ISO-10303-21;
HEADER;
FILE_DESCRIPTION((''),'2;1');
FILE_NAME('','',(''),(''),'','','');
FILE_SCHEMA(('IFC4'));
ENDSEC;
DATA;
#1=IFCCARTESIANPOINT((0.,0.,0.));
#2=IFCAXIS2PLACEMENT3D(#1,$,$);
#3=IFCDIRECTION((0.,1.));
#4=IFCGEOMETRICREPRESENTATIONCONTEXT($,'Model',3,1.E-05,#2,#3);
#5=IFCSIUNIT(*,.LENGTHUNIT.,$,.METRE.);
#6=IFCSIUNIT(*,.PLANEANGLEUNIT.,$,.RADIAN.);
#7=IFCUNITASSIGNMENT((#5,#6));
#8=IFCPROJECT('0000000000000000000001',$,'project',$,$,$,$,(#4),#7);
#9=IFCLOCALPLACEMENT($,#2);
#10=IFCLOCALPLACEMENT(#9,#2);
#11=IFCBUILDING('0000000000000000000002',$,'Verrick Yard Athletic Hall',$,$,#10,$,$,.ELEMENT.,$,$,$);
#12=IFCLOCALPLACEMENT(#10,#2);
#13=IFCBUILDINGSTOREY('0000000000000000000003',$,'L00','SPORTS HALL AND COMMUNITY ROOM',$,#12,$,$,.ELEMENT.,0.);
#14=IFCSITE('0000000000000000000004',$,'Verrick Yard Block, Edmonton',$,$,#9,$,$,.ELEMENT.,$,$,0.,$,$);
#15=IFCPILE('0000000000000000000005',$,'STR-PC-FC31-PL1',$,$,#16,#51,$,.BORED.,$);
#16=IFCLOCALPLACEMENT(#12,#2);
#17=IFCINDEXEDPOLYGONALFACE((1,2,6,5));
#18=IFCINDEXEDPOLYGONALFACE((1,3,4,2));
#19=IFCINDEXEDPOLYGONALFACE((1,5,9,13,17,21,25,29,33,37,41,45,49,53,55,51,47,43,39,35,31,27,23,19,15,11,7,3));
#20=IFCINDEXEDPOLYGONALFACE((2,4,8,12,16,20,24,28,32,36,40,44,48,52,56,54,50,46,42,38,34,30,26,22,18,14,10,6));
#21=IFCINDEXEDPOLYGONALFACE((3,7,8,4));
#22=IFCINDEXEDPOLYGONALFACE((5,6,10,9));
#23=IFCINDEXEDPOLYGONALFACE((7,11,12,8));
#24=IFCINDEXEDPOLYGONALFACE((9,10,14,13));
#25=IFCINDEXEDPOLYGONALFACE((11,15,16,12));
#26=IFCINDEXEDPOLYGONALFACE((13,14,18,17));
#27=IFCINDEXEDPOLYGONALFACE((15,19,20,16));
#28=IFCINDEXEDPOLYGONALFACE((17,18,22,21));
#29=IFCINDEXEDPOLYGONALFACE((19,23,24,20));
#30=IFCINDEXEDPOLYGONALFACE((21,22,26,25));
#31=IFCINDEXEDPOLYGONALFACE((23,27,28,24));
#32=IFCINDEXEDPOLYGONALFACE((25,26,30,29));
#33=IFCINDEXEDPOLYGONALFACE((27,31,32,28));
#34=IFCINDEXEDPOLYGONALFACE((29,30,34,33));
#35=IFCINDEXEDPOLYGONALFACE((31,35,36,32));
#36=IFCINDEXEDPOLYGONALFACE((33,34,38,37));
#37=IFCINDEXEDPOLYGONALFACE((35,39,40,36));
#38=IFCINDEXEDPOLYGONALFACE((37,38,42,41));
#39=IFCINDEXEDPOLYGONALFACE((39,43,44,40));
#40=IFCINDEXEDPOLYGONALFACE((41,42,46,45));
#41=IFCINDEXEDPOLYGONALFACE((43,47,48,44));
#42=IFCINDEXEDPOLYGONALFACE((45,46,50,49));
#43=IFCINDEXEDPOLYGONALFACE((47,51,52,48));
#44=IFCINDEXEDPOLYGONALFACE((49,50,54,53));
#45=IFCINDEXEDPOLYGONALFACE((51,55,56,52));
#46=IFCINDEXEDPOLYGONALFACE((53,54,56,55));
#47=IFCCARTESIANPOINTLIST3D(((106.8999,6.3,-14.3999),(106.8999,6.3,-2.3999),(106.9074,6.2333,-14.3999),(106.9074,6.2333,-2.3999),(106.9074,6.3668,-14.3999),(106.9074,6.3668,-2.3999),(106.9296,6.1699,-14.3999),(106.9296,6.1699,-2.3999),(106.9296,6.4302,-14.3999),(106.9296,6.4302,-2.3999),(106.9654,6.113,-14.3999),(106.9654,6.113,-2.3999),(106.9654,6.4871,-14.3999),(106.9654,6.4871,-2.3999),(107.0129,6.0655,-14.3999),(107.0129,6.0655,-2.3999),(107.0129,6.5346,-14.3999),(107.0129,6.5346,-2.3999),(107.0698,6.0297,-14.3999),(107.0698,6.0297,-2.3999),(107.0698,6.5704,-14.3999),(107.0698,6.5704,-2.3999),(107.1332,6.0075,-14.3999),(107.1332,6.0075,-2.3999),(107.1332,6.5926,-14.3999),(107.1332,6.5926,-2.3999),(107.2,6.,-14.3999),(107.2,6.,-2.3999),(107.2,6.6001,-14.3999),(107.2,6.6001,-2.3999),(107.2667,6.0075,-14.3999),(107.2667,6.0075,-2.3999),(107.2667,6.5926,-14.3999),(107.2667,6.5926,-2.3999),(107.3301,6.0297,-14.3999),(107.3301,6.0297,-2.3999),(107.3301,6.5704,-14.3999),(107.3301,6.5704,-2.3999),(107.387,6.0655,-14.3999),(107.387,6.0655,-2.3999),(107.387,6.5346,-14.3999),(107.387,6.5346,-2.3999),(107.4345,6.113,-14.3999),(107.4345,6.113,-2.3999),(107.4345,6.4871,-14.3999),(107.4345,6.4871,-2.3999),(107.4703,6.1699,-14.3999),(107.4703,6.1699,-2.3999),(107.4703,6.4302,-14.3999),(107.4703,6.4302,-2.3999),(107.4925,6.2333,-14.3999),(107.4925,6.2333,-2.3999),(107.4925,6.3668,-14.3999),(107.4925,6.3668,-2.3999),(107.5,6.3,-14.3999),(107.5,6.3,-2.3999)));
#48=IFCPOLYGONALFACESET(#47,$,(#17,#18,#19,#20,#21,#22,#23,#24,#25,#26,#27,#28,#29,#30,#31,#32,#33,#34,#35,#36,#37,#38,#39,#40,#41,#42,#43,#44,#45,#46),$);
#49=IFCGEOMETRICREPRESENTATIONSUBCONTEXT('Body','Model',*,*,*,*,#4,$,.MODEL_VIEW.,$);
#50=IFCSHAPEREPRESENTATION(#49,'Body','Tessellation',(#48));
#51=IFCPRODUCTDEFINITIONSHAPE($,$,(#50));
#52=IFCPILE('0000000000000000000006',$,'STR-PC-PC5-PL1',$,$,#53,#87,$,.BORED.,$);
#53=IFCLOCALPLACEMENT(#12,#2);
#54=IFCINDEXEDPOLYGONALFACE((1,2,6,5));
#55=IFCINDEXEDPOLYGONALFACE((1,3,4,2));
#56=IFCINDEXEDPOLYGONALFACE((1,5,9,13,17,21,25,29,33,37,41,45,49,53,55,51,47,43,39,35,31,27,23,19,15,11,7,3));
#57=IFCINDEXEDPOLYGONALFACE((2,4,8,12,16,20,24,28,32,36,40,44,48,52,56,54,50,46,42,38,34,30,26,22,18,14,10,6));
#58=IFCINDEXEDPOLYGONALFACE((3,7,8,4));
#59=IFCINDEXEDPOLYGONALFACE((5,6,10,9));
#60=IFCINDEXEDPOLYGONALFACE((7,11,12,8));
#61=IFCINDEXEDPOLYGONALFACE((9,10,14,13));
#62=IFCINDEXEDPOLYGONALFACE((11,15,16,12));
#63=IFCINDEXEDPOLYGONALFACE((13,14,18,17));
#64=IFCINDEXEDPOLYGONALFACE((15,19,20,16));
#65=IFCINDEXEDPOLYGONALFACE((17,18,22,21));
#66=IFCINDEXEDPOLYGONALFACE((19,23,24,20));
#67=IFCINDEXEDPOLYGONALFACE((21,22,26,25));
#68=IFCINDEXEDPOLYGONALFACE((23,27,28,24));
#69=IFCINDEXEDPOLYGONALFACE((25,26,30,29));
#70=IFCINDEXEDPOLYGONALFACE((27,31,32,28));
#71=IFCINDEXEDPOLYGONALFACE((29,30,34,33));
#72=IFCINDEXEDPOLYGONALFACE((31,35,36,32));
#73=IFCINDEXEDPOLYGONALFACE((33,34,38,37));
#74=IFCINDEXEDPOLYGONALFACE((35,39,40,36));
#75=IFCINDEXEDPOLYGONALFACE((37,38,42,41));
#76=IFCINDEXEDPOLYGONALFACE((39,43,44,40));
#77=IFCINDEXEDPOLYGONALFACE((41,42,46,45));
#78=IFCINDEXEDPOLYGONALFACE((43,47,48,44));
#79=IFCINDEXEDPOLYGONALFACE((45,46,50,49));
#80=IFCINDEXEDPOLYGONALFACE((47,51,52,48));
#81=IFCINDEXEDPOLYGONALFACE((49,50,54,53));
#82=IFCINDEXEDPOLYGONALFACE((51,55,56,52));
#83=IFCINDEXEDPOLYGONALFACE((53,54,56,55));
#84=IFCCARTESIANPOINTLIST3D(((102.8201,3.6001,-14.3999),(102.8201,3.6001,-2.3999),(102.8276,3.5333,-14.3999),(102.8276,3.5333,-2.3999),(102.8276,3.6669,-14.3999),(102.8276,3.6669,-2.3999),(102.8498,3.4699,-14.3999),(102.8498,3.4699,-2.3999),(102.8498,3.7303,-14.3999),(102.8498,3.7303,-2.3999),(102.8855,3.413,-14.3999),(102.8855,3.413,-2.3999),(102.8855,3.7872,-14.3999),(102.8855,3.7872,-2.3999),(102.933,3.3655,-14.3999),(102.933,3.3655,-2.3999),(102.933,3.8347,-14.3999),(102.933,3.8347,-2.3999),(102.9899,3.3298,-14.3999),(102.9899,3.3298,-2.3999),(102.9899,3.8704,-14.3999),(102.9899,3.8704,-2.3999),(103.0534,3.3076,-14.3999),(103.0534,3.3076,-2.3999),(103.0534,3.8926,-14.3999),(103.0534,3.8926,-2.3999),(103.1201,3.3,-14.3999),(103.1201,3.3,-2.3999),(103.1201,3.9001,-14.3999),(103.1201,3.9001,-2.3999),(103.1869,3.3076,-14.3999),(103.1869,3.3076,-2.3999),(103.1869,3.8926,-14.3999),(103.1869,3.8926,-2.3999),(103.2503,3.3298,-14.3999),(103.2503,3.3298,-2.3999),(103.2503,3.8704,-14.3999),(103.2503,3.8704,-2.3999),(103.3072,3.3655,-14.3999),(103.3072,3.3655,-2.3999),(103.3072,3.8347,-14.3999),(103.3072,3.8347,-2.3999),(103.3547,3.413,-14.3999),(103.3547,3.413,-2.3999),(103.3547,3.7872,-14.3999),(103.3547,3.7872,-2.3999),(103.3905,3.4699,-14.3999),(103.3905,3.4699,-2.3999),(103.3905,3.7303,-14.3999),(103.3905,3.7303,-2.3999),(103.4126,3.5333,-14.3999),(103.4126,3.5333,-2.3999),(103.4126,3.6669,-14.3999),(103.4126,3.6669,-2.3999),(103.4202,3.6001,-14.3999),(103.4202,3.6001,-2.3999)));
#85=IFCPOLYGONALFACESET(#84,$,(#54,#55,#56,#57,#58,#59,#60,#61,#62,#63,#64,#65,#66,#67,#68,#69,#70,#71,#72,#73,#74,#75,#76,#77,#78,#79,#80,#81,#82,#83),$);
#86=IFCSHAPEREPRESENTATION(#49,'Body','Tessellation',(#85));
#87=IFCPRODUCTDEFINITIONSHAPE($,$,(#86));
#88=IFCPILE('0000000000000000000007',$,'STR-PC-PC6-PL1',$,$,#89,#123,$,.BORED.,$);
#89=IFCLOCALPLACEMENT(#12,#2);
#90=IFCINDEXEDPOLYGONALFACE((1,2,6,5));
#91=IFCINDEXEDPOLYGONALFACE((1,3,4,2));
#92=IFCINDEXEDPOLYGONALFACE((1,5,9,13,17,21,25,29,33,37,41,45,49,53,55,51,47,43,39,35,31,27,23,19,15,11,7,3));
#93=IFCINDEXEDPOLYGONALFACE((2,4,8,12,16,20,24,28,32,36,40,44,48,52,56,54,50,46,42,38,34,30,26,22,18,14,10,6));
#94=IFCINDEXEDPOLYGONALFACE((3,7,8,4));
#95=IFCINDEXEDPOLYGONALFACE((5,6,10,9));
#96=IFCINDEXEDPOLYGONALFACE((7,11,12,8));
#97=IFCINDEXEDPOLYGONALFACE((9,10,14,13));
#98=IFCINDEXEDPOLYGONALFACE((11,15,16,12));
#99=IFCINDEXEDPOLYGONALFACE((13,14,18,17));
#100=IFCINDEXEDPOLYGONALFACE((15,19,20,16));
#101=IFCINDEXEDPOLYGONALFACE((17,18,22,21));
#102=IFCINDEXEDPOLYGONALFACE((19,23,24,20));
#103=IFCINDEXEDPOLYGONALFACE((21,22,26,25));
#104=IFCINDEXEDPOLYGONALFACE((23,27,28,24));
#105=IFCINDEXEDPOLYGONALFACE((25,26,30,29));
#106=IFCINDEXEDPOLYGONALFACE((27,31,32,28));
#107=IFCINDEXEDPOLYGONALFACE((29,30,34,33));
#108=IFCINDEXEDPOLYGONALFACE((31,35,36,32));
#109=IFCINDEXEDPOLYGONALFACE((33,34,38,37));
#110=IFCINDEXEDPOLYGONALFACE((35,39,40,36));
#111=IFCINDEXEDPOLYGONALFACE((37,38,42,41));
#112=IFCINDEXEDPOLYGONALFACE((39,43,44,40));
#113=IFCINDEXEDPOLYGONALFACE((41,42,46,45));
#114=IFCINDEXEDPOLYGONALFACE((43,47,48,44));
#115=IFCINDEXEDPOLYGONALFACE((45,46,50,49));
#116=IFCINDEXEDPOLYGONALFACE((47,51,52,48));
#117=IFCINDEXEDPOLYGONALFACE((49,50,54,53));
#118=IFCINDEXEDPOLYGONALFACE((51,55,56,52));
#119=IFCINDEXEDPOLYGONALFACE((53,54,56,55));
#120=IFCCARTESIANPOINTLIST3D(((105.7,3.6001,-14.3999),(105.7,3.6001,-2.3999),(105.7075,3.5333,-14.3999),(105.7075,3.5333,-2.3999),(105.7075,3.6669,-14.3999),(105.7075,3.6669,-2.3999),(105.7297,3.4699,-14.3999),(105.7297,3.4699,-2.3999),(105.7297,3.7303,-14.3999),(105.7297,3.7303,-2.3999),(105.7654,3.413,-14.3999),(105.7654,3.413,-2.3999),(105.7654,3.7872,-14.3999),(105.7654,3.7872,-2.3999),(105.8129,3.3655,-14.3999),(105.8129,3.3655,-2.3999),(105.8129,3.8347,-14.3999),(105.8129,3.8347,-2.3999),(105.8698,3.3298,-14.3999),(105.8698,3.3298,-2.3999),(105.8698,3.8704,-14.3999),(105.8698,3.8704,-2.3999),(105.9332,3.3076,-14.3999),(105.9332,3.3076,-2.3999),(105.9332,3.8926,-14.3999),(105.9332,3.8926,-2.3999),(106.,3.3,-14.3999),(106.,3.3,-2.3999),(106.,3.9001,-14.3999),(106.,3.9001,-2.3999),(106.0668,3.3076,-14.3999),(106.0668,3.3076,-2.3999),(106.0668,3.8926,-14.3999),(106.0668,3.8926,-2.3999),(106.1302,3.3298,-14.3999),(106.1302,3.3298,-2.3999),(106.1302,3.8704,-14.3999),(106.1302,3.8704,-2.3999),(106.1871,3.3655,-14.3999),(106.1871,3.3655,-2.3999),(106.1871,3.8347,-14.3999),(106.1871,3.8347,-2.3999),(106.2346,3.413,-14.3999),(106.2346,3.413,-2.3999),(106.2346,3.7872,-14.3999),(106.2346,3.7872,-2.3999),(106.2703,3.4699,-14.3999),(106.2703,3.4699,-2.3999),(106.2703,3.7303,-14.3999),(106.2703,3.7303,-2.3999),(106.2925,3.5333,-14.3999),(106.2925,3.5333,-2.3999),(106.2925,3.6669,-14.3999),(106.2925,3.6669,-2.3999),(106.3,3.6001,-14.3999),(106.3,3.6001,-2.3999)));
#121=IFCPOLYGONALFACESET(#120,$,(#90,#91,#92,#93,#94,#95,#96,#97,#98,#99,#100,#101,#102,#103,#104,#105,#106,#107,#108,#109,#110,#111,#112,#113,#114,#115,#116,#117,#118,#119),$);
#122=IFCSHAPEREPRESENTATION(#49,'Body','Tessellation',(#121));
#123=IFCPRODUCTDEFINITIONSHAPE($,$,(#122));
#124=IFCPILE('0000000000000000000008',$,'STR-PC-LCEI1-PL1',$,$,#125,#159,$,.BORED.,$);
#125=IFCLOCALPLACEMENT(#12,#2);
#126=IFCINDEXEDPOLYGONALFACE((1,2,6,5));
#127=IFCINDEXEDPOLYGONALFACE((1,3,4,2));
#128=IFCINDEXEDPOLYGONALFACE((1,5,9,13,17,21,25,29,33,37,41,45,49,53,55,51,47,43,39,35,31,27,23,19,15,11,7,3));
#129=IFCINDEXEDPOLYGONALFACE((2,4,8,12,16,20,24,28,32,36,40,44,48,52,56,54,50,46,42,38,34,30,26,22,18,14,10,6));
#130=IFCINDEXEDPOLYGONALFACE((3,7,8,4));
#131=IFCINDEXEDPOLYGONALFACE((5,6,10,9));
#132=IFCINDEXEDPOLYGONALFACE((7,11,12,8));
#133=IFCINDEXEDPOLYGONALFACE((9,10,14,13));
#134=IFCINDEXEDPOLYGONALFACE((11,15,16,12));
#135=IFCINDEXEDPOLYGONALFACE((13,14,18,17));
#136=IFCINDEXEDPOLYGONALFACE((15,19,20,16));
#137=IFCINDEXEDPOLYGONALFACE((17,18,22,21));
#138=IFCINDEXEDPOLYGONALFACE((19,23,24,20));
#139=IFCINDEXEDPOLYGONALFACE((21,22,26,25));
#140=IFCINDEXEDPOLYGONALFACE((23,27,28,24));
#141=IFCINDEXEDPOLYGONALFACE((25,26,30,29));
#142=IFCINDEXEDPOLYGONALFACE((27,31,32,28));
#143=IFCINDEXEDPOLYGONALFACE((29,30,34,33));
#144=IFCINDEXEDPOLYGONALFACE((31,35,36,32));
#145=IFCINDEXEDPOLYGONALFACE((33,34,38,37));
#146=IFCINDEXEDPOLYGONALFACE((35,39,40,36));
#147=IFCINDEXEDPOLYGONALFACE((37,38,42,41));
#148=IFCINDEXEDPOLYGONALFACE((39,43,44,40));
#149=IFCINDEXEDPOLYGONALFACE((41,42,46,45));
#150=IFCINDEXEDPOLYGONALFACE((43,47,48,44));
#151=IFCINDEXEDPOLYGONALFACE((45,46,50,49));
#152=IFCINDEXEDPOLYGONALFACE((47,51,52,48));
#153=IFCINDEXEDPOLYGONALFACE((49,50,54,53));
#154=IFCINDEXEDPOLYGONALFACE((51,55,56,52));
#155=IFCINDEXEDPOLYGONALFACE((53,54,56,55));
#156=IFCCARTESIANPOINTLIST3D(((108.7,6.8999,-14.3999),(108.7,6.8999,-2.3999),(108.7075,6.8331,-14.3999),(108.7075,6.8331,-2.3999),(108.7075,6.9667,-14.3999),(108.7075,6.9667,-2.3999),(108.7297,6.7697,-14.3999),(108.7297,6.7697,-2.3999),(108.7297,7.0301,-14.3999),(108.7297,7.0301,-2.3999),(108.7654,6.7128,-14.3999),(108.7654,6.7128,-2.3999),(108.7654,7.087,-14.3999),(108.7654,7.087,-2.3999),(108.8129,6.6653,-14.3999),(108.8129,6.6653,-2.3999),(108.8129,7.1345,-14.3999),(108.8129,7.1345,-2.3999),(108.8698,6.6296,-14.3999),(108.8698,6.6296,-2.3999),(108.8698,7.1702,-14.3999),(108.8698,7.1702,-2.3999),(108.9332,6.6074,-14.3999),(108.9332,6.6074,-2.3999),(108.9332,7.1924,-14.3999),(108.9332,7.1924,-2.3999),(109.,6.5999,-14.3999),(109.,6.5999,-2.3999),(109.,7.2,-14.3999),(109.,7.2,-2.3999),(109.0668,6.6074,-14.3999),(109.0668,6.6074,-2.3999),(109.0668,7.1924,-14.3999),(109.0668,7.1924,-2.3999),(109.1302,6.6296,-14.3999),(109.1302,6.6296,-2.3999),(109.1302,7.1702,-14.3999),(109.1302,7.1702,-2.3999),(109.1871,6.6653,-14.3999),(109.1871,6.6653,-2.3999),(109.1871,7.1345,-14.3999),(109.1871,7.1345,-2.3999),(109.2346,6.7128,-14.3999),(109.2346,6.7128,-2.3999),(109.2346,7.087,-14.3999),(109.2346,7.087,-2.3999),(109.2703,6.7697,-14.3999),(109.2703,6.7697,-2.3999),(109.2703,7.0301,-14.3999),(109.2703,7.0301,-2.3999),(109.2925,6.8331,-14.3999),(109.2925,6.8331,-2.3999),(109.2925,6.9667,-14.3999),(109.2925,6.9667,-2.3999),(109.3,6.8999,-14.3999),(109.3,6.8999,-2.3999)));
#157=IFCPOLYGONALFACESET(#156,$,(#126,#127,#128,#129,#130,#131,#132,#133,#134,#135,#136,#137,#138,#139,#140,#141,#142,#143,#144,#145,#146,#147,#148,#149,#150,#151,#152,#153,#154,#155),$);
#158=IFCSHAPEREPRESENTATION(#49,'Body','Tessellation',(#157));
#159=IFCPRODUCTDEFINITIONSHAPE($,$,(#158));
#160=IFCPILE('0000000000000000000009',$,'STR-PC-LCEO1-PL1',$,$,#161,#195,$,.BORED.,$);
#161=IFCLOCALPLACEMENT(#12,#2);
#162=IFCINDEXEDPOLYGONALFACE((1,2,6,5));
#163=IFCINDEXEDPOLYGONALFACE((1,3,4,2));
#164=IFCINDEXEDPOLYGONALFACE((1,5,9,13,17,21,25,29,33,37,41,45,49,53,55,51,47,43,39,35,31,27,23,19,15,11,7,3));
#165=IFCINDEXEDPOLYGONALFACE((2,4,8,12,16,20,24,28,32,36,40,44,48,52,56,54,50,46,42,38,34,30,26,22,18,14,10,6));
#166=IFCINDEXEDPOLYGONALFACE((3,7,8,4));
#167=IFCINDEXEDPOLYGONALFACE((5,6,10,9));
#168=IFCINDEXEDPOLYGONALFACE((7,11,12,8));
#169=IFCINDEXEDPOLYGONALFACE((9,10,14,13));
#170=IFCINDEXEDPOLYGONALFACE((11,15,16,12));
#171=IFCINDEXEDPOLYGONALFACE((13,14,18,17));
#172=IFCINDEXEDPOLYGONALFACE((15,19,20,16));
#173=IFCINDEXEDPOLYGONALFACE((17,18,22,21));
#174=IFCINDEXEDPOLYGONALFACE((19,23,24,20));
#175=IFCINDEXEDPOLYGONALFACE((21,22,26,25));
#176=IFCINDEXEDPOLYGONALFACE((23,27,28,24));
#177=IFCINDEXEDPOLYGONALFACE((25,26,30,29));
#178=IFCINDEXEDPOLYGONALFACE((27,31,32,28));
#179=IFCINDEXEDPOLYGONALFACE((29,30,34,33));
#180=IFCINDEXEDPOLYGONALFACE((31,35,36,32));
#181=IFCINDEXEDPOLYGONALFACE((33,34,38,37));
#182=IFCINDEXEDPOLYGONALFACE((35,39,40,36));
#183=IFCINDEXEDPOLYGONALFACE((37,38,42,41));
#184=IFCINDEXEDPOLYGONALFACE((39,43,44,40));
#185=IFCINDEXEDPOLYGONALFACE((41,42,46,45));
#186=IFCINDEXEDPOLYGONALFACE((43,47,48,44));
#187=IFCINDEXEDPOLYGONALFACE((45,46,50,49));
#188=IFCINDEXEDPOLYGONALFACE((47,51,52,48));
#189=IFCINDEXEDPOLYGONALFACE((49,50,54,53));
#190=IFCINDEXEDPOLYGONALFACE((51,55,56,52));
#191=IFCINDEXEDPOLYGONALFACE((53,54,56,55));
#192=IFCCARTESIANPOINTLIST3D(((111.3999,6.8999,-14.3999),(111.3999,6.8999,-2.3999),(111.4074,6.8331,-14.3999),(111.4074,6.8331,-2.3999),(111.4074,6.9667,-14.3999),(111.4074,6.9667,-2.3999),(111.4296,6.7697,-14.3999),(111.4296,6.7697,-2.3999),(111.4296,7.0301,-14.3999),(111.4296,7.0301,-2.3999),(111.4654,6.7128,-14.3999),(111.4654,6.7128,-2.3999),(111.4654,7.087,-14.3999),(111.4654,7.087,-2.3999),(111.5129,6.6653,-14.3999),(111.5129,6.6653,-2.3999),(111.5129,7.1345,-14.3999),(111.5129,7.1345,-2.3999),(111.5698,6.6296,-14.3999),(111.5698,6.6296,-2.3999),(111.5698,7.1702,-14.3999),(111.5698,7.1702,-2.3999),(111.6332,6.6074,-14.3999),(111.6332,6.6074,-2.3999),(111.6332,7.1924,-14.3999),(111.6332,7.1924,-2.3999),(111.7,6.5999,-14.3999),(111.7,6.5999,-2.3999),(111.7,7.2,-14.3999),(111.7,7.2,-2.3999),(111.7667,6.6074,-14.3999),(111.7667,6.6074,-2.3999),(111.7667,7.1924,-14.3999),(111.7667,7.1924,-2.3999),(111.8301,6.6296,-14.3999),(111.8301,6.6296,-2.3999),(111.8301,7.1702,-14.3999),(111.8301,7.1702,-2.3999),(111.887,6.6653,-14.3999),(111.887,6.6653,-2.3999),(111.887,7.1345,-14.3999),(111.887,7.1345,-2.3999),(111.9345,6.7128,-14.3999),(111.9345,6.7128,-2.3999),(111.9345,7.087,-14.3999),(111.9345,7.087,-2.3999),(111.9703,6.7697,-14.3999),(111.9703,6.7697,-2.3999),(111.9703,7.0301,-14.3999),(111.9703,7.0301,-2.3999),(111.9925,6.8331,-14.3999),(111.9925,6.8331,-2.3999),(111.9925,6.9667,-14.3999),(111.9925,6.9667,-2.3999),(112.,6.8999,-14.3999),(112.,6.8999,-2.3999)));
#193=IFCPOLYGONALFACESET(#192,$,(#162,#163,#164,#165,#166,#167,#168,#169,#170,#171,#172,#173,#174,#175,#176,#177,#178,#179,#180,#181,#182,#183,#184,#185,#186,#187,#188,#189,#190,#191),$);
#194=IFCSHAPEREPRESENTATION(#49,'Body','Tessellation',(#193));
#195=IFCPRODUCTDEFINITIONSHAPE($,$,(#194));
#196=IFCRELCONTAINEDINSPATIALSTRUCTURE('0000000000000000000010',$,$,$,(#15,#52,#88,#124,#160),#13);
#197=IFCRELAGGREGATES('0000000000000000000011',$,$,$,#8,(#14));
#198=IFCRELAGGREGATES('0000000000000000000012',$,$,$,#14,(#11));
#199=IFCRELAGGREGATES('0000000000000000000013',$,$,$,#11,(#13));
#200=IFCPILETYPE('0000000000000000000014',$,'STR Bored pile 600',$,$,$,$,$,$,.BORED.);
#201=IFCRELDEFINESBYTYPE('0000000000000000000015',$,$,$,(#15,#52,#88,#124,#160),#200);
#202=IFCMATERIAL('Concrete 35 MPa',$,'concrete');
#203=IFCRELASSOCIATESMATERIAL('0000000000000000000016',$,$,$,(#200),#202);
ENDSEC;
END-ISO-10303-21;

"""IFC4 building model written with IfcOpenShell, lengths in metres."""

from ifc_helpers import new_model, si_unit, direction, frame, origin, origin_2d, place, context, subcontext, project, spatial, circle, extrude, material, type_object, element, save


model = new_model("IFC4")

# Units and contexts
model_context = context("Model", 3, precision=1e-05, world=origin(), true_north=direction((0.0, 1.0)))
body_context = subcontext(model_context, "Body", "Model", "MODEL_VIEW")
ifc_project = project(units=[si_unit("LENGTHUNIT", "METRE"), si_unit("PLANEANGLEUNIT", "RADIAN")], contexts=[model_context])

# Site, building, storey
site_placement = place(None, origin())
site = spatial("IfcSite", under=ifc_project, at=site_placement, Name="Verrick Yard Block, Edmonton", CompositionType="ELEMENT", RefElevation=0.0)
building_placement = place(site_placement, origin())
building = spatial("IfcBuilding", under=site, at=building_placement, Name="Verrick Yard Athletic Hall", CompositionType="ELEMENT")
storey_placement = place(building_placement, origin())
storey = spatial("IfcBuildingStorey", under=building, at=storey_placement, Name="L00", Description="SPORTS HALL AND COMMUNITY ROOM", CompositionType="ELEMENT", Elevation=0.0)

# Piles
ifc_material_1 = material(Name="Concrete 35 MPa", Category="concrete")
pile_type = type_object("IfcPileType", Name="STR Bored pile 600", PredefinedType="BORED", material=ifc_material_1)
for number, where, z_axis, x_axis, name in (
    (1, (107.2, 6.3, -2.3999), (0.0, 0.0, -1.0), (1.0, 0.0, 0.0), "STR-PC-FC31-PL1"),
    (2, (103.1201, 3.6001, -2.3999), (0.0, 0.0, -1.0), (1.0, 0.0, 0.0), "STR-PC-PC5-PL1"),
    (3, (106.0, 3.6001, -2.3999), (0.0, 0.0, -1.0), (1.0, 0.0, 0.0), "STR-PC-PC6-PL1"),
    (4, (109.0, 6.8999, -2.3999), (0.0, 0.0, -1.0), (1.0, 0.0, 0.0), "STR-PC-LCEI1-PL1"),
    (5, (111.7, 6.8999, -2.3999), (0.0, 0.0, -1.0), (1.0, 0.0, 0.0), "STR-PC-LCEO1-PL1"),
):
    element("IfcPile", number, at=place(storey_placement, frame(where, z_axis=z_axis, x_axis=x_axis)), inside=storey, type_object=pile_type, Name=name, PredefinedType="BORED", context=body_context, shape_type="SweptSolid", body=[
        extrude(circle(Radius=0.3, at=origin_2d()), origin(), (0.0, 0.0, 1.0), 12.0),
    ])

save(model, "model.ifc")
